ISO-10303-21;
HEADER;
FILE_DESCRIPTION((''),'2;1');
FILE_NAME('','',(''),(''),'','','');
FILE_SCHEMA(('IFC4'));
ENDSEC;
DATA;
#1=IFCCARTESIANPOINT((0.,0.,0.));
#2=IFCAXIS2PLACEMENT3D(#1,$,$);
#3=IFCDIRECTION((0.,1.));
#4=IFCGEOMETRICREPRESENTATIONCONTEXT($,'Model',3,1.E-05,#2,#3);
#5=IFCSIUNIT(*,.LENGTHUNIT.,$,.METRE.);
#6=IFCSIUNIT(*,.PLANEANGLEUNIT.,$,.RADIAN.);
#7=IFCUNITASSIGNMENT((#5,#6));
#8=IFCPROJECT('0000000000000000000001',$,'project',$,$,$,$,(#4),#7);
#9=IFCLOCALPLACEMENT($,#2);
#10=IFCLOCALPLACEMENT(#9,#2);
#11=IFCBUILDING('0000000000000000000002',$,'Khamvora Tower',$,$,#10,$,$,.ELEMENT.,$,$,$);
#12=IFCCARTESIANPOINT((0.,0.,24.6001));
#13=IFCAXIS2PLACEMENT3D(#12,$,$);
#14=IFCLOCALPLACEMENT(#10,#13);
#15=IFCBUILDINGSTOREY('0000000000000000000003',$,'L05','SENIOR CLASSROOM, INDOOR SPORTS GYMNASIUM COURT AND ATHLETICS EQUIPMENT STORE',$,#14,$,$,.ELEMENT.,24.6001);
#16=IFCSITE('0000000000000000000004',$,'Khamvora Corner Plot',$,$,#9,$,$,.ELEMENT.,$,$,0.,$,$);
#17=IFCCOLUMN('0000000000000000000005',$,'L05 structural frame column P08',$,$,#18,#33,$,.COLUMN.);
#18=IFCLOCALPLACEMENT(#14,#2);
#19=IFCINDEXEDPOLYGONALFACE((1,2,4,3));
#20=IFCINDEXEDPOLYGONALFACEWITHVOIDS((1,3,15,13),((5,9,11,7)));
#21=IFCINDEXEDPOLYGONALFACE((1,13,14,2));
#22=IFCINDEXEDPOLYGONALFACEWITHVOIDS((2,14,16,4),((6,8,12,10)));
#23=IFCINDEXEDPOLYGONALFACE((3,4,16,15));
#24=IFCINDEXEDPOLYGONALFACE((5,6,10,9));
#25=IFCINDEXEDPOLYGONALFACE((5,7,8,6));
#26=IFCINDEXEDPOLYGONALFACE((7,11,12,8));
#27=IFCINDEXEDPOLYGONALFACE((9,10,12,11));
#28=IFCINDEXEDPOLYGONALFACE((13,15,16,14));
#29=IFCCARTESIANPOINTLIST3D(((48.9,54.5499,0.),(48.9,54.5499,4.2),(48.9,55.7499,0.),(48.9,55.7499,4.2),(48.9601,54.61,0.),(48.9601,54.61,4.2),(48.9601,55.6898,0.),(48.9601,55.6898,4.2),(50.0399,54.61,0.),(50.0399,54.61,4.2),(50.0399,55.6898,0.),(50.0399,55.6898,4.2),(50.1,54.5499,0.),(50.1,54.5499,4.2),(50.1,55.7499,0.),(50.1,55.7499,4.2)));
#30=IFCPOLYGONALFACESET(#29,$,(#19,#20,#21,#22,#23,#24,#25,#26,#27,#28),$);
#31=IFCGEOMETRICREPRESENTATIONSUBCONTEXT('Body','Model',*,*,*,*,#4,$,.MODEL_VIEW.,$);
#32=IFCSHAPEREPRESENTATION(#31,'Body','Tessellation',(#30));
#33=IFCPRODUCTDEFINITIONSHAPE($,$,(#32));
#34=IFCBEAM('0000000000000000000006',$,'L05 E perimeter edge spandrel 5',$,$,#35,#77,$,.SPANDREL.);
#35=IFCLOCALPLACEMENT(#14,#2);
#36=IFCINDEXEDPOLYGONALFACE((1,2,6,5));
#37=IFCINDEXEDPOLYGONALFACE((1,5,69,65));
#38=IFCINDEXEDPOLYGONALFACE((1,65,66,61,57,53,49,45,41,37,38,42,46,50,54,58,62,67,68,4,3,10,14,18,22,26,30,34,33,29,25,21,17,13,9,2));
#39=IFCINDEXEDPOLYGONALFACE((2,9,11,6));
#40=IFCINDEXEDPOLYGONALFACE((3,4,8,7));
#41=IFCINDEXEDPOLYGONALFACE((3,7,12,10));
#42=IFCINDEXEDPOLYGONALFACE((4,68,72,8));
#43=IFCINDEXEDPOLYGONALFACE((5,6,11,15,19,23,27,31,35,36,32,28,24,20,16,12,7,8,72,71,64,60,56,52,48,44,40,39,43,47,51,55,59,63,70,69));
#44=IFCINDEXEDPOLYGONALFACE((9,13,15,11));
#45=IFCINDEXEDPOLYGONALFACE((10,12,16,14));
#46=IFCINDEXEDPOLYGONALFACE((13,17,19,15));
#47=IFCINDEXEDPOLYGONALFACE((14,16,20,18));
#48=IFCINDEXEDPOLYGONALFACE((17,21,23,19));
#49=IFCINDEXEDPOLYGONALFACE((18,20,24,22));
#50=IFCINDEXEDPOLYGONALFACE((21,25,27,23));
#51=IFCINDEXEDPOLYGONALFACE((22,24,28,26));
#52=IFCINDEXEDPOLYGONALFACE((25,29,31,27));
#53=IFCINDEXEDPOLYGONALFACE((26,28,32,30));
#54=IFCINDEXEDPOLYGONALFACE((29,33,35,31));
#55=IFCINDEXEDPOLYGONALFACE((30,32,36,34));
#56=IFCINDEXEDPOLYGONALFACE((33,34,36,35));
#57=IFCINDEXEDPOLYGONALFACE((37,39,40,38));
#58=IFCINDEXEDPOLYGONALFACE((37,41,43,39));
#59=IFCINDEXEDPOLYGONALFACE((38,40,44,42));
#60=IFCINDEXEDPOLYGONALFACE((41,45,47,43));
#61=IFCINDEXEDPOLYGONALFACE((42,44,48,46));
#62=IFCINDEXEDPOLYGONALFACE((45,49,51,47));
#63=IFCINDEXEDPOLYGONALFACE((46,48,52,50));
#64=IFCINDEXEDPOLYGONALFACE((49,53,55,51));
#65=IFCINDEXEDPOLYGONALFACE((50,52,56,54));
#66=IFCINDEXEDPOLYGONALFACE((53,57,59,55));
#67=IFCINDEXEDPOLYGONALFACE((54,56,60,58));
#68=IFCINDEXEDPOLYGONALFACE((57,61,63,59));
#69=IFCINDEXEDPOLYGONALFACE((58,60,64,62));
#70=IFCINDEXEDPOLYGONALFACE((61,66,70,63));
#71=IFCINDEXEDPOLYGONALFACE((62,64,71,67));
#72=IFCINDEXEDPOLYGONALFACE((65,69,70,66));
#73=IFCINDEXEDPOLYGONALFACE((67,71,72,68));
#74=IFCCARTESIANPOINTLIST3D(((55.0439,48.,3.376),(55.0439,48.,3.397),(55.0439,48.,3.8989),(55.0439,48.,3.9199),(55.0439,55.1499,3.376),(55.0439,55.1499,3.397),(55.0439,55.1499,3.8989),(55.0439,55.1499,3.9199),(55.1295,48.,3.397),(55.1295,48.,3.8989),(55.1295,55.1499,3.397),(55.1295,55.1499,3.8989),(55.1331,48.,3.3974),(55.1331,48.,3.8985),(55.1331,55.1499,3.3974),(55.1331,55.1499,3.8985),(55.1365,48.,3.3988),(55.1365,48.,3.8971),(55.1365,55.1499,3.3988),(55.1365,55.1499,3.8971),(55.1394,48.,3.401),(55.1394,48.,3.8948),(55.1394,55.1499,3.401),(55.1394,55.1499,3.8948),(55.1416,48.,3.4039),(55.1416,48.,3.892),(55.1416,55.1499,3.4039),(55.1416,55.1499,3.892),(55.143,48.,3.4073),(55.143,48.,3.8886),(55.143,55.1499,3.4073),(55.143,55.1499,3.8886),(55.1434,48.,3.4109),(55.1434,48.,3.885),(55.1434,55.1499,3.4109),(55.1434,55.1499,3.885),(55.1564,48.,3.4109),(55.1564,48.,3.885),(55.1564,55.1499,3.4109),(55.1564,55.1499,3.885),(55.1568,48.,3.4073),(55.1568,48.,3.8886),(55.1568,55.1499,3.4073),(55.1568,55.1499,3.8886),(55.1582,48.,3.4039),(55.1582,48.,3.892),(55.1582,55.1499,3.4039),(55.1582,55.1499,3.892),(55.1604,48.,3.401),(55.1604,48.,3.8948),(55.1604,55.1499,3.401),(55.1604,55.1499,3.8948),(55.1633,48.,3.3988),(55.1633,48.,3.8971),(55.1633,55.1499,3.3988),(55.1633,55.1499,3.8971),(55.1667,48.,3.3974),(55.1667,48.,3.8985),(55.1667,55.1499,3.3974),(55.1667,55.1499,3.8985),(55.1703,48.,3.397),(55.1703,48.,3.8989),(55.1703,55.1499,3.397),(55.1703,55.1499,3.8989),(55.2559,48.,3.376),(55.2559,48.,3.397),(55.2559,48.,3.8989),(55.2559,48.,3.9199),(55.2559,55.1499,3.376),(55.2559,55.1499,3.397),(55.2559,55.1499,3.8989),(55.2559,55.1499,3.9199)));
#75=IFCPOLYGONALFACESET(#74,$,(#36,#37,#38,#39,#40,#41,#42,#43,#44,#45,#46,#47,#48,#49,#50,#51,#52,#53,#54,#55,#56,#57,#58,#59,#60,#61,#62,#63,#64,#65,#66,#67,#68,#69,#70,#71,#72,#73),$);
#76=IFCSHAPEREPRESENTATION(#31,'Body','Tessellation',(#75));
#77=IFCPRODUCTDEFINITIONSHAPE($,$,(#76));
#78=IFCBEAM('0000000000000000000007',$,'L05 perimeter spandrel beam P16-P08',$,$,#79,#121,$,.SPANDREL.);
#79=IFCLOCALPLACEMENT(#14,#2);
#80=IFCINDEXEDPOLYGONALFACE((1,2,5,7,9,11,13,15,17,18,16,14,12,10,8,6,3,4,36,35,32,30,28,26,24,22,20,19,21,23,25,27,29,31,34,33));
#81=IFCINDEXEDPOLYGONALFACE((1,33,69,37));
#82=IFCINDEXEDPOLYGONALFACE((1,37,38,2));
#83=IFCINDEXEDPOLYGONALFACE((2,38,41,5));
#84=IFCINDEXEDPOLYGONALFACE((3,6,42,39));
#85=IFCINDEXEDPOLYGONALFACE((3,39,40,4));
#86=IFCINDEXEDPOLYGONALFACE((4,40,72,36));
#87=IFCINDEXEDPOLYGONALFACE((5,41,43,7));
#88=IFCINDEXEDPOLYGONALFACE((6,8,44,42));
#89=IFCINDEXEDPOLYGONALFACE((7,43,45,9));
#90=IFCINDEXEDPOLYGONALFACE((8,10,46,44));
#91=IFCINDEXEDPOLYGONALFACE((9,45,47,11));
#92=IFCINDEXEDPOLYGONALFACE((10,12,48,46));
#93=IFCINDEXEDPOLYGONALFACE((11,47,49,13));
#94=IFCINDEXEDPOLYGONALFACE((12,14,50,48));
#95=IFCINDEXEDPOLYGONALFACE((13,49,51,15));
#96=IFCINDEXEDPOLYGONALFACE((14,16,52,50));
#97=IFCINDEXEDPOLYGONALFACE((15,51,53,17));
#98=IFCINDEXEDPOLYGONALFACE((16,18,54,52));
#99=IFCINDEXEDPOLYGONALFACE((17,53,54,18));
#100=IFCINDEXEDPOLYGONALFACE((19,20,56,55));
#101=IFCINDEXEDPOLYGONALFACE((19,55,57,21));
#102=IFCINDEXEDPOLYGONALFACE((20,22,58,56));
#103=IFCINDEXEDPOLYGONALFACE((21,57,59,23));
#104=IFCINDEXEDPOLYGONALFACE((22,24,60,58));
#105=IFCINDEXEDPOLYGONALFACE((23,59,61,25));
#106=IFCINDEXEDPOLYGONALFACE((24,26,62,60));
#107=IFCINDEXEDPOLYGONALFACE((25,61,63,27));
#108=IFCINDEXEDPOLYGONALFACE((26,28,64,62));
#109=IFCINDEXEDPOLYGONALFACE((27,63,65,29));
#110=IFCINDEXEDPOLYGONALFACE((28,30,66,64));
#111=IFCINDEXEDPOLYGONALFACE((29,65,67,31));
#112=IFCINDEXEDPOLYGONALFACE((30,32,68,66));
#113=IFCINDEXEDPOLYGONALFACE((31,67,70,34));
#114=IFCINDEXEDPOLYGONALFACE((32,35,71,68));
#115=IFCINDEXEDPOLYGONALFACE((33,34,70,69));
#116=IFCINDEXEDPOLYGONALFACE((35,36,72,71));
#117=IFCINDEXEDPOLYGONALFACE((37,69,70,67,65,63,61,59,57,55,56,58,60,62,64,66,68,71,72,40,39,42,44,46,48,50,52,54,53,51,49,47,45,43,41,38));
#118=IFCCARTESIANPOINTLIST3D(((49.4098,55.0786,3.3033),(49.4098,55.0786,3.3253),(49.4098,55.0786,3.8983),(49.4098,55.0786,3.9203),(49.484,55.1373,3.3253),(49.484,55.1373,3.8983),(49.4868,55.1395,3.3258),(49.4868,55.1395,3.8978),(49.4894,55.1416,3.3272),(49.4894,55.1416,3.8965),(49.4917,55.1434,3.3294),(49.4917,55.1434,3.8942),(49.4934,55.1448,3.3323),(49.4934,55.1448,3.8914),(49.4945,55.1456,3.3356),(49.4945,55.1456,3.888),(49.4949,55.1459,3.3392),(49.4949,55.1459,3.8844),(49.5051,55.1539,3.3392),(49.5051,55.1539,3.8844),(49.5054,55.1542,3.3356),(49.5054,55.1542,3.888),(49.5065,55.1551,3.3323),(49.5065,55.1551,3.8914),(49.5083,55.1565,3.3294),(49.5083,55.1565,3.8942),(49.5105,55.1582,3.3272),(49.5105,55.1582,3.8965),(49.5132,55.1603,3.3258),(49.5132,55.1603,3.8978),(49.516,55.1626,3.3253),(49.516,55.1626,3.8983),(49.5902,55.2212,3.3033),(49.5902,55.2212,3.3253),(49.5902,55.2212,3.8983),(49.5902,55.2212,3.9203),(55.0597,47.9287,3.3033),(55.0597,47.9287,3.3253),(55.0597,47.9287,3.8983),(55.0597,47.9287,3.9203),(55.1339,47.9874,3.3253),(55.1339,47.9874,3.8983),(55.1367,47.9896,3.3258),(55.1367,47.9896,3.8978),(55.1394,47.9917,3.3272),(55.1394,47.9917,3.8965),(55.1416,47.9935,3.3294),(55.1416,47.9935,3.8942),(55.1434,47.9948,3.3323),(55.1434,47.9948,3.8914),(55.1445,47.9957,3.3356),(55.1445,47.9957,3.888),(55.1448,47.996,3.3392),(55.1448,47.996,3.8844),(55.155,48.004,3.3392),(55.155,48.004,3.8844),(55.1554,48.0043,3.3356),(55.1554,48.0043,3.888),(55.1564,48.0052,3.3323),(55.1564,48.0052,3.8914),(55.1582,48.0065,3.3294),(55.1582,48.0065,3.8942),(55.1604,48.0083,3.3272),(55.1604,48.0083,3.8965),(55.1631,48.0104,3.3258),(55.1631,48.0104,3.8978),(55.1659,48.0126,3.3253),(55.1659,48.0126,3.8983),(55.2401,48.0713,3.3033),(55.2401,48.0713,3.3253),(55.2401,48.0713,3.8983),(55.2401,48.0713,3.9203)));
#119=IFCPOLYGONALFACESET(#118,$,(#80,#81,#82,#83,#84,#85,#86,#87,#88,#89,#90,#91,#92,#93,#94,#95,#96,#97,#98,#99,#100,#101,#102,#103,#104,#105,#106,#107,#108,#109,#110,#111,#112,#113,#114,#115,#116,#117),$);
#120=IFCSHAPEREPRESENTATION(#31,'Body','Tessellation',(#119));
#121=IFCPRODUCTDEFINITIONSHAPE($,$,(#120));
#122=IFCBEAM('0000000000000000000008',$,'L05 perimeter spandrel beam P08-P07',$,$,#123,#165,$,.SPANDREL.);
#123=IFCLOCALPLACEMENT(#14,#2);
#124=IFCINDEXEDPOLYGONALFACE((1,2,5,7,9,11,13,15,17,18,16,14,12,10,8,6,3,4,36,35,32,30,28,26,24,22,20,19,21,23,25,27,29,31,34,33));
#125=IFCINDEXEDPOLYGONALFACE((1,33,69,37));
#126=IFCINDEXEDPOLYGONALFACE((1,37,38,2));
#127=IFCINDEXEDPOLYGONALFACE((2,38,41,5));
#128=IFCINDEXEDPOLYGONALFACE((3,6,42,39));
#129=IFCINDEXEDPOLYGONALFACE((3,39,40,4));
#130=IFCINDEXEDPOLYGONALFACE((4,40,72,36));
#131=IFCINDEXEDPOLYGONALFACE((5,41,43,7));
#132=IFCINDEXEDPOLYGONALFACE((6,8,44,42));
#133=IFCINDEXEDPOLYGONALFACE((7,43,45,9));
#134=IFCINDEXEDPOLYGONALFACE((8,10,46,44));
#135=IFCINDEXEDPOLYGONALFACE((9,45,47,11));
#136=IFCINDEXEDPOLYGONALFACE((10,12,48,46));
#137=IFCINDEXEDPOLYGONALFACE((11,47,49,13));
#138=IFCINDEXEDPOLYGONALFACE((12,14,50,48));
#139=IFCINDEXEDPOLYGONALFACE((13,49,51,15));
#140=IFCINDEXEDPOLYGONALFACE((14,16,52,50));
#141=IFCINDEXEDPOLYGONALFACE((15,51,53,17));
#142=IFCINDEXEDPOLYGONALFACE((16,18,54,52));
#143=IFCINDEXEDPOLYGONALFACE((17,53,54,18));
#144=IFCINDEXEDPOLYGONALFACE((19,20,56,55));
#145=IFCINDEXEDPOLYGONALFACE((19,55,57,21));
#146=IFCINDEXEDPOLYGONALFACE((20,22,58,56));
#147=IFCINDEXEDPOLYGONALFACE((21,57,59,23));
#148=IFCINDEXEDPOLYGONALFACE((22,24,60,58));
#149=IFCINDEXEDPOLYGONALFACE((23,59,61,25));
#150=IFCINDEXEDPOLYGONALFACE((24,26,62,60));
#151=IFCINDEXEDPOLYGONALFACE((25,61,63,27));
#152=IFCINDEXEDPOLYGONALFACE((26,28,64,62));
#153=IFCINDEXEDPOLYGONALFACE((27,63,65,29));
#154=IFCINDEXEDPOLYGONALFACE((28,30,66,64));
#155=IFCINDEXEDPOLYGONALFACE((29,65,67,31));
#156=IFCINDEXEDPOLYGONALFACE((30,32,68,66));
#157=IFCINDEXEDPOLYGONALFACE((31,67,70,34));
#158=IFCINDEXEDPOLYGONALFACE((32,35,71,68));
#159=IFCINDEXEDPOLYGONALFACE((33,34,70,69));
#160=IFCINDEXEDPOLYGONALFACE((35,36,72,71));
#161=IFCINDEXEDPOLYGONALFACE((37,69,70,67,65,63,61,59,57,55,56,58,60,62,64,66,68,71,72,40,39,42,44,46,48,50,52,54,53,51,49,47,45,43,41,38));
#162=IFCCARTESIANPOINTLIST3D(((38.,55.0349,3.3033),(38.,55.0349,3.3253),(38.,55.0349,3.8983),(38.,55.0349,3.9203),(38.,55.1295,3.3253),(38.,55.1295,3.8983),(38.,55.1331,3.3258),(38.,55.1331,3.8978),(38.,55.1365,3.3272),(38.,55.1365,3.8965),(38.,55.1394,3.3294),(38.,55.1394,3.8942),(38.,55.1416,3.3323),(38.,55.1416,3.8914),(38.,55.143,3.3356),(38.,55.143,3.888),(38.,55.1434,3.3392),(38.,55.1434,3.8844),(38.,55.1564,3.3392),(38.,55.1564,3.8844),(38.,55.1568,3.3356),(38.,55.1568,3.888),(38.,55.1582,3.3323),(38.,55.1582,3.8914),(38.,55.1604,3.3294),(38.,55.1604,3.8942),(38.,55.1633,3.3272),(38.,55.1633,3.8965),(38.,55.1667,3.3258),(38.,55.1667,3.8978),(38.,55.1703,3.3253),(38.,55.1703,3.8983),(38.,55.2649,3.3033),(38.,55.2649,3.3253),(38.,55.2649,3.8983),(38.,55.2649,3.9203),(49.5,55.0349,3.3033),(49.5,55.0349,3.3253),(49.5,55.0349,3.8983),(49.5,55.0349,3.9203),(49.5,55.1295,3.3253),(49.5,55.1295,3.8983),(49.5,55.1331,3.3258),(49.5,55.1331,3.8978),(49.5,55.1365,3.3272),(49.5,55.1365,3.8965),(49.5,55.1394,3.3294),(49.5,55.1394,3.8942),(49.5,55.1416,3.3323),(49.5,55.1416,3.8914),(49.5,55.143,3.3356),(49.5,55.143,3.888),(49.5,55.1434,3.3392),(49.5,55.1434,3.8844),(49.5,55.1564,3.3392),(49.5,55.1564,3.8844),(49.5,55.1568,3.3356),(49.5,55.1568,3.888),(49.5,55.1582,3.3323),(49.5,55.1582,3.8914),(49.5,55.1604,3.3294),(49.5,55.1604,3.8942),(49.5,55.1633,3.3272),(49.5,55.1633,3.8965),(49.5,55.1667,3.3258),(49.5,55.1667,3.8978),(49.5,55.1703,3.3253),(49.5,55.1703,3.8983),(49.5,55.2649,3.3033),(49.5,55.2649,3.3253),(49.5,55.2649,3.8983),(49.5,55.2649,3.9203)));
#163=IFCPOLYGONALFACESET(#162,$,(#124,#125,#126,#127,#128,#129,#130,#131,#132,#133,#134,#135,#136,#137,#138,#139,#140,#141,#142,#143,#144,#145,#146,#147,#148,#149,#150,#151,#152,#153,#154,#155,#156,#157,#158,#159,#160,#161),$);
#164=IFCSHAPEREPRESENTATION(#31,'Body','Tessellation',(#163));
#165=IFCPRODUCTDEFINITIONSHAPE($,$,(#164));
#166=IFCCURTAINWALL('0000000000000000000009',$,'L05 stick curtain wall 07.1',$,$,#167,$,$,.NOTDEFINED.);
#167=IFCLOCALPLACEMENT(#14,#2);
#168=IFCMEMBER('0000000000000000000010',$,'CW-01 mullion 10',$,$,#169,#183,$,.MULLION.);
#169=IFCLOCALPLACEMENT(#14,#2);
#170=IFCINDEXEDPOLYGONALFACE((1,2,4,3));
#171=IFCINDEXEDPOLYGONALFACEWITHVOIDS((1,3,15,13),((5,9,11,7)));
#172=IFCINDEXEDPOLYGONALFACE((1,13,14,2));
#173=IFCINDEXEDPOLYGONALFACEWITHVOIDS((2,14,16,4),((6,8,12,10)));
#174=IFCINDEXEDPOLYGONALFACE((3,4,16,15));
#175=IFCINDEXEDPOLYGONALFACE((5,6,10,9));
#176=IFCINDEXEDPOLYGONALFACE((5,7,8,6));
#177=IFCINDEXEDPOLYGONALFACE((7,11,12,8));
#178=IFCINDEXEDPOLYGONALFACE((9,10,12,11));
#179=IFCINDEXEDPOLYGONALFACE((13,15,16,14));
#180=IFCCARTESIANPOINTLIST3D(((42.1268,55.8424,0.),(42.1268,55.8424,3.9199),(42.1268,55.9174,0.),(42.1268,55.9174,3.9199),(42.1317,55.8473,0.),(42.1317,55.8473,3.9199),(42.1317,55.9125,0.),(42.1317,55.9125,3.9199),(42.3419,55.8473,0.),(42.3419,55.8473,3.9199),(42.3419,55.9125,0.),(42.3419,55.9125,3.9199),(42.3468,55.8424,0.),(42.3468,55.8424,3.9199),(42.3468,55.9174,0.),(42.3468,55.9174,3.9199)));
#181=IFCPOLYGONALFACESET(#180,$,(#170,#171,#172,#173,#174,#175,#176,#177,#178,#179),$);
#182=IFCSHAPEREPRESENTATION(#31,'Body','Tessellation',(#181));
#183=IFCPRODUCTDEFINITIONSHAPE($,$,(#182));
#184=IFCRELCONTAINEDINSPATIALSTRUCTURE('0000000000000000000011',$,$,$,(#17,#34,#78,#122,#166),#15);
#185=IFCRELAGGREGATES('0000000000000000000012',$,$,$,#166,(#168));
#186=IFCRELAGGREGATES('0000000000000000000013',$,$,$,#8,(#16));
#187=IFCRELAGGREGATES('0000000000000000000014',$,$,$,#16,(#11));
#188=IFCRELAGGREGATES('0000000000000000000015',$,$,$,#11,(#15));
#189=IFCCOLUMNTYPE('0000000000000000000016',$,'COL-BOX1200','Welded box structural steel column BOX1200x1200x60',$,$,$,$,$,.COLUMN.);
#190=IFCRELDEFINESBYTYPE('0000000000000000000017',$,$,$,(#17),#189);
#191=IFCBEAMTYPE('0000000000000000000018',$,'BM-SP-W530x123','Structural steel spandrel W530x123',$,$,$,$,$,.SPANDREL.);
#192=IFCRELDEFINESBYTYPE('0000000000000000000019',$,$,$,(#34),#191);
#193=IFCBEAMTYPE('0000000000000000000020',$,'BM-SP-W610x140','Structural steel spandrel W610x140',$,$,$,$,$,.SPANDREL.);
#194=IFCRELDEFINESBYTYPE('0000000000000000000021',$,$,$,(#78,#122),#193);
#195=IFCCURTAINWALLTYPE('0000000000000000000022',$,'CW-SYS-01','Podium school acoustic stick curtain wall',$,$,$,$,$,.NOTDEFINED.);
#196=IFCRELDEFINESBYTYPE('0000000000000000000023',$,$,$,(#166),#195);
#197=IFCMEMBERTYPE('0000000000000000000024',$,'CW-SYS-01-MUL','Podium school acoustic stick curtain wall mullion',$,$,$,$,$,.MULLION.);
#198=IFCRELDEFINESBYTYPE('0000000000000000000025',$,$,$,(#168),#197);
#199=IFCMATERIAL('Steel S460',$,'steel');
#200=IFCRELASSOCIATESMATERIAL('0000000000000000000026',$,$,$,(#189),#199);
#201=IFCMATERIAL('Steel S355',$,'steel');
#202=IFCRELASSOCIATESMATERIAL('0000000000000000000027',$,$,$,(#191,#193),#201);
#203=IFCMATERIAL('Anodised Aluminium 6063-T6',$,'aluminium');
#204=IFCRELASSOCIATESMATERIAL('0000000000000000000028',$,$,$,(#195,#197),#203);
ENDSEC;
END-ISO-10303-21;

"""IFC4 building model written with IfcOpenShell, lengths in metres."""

from ifc_helpers import new_model, si_unit, direction, frame, origin, origin_2d, place, context, subcontext, project, spatial, hollow_rectangle, i_section, extrude, material, material_profile, profile_set, type_object, element, aggregate, save


model = new_model("IFC4")

# Units and contexts
model_context = context("Model", 3, precision=1e-05, world=origin(), true_north=direction((0.0, 1.0)))
body_context = subcontext(model_context, "Body", "Model", "MODEL_VIEW")
ifc_project = project(units=[si_unit("LENGTHUNIT", "METRE"), si_unit("PLANEANGLEUNIT", "RADIAN")], contexts=[model_context])

# Site, building, storey
site_placement = place(None, origin())
site = spatial("IfcSite", under=ifc_project, at=site_placement, Name="Khamvora Corner Plot", CompositionType="ELEMENT", RefElevation=0.0)
building_placement = place(site_placement, origin())
building = spatial("IfcBuilding", under=site, at=building_placement, Name="Khamvora Tower", CompositionType="ELEMENT")
storey_placement = place(building_placement, frame((0.0, 0.0, 24.6001)))
storey = spatial("IfcBuildingStorey", under=building, at=storey_placement, Name="L05", Description="SENIOR CLASSROOM, INDOOR SPORTS GYMNASIUM COURT AND ATHLETICS EQUIPMENT STORE", CompositionType="ELEMENT", Elevation=24.6001)

# Column
ifc_material_1 = material(Name="Steel S460", Category="steel")
ifc_material_profile_1 = material_profile(ifc_material_1, hollow_rectangle(XDim=1.2, YDim=1.2, WallThickness=0.0601, at=origin_2d()), Name="BOX1200x1200x60")
ifc_profile_set_1 = profile_set([ifc_material_profile_1], Name="Steel S460")
column_type = type_object("IfcColumnType", Name="COL-BOX1200", Description="Welded box structural steel column BOX1200x1200x60", PredefinedType="COLUMN", material=ifc_profile_set_1)
column_placement = place(storey_placement, frame((49.5, 55.1499, 0.0), z_axis=(0.0, 0.0, 1.0), x_axis=(1.0, 0.0, 0.0)))
element("IfcColumn", 1, at=column_placement, inside=storey, type_object=column_type, Name="L05 structural frame column P08", PredefinedType="COLUMN", context=body_context, shape_type="SweptSolid", body=[
    extrude(hollow_rectangle(XDim=1.2, YDim=1.2, WallThickness=0.0601, at=origin_2d()), origin(), (0.0, 0.0, 1.0), 4.2),
])

# Beams
ifc_material_2 = material(Name="Steel S355", Category="steel")
ifc_material_profile_2 = material_profile(ifc_material_2, i_section(OverallWidth=0.2119, OverallDepth=0.5439, WebThickness=0.0129, FlangeThickness=0.021, FilletRadius=0.0139, at=origin_2d()), Name="W530x123")
ifc_profile_set_2 = profile_set([ifc_material_profile_2], Name="Steel S355")
beam_type_1 = type_object("IfcBeamType", Name="BM-SP-W530x123", Description="Structural steel spandrel W530x123", PredefinedType="SPANDREL", material=ifc_profile_set_2)
beam_1_placement = place(storey_placement, frame((55.1499, 48.0, 3.6479), z_axis=(0.0, 1.0, 0.0), x_axis=(-1.0, 0.0, 0.0)))
element("IfcBeam", 2, at=beam_1_placement, inside=storey, type_object=beam_type_1, Name="L05 E perimeter edge spandrel 5", PredefinedType="SPANDREL", context=body_context, shape_type="SweptSolid", body=[
    extrude(i_section(OverallWidth=0.2119, OverallDepth=0.5439, WebThickness=0.0129, FlangeThickness=0.021, FilletRadius=0.0139, at=origin_2d()), origin(), (0.0, 0.0, 1.0), 7.1499),
])
ifc_material_profile_3 = material_profile(ifc_material_2, i_section(OverallWidth=0.23, OverallDepth=0.6169, WebThickness=0.0129, FlangeThickness=0.022, FilletRadius=0.0139, at=origin_2d()), Name="W610x140")
ifc_profile_set_3 = profile_set([ifc_material_profile_3], Name="Steel S355")
beam_type_2 = type_object("IfcBeamType", Name="BM-SP-W610x140", Description="Structural steel spandrel W610x140", PredefinedType="SPANDREL", material=ifc_profile_set_3)
beam_2_placement = place(storey_placement, frame((55.1499, 48.0, 3.6118), z_axis=(-0.619999, 0.784603, 0.0), x_axis=(-0.784603, -0.619999, 0.0)))
element("IfcBeam", 3, at=beam_2_placement, inside=storey, type_object=beam_type_2, Name="L05 perimeter spandrel beam P16-P08", PredefinedType="SPANDREL", context=body_context, shape_type="SweptSolid", body=[
    extrude(i_section(OverallWidth=0.23, OverallDepth=0.6169, WebThickness=0.0129, FlangeThickness=0.022, FilletRadius=0.0139, at=origin_2d()), origin(), (0.0, 0.0, 1.0), 9.1128),
])
beam_3_placement = place(storey_placement, frame((49.5, 55.1499, 3.6118), z_axis=(-1.0, 0.0, 0.0), x_axis=(0.0, -1.0, 0.0)))
element("IfcBeam", 4, at=beam_3_placement, inside=storey, type_object=beam_type_2, Name="L05 perimeter spandrel beam P08-P07", PredefinedType="SPANDREL", context=body_context, shape_type="SweptSolid", body=[
    extrude(i_section(OverallWidth=0.23, OverallDepth=0.6169, WebThickness=0.0129, FlangeThickness=0.022, FilletRadius=0.0139, at=origin_2d()), origin(), (0.0, 0.0, 1.0), 11.5),
])

# Curtain wall, member
ifc_material_3 = material(Name="Anodised Aluminium 6063-T6", Category="aluminium")
curtain_wall_type = type_object("IfcCurtainWallType", Name="CW-SYS-01", Description="Podium school acoustic stick curtain wall", PredefinedType="NOTDEFINED", material=ifc_material_3)
curtain_wall_placement = place(storey_placement, origin())
curtain_wall = element("IfcCurtainWall", 5, at=curtain_wall_placement, inside=storey, type_object=curtain_wall_type, Name="L05 stick curtain wall 07.1", PredefinedType="NOTDEFINED")
ifc_material_profile_4 = material_profile(ifc_material_3, hollow_rectangle(XDim=0.075, YDim=0.22, WallThickness=0.0049, at=origin_2d()), Name="MUL75x220x5")
ifc_profile_set_4 = profile_set([ifc_material_profile_4], Name="Anodised Aluminium 6063-T6")
member_type_1 = type_object("IfcMemberType", Name="CW-SYS-01-MUL", Description="Podium school acoustic stick curtain wall mullion", PredefinedType="MULLION", material=ifc_profile_set_4)
member_1_placement = place(storey_placement, frame((42.2368, 55.8799, 0.0), z_axis=(0.0, 0.0, 1.0), x_axis=(0.0, 1.0, 0.0)))
member_1 = element("IfcMember", 6, at=member_1_placement, type_object=member_type_1, Name="CW-01 mullion 10", PredefinedType="MULLION", context=body_context, shape_type="SweptSolid", body=[
    extrude(hollow_rectangle(XDim=0.075, YDim=0.22, WallThickness=0.0049, at=origin_2d()), origin(), (0.0, 0.0, 1.0), 3.9199),
])

aggregate(curtain_wall, [member_1])

save(model, "model.ifc")
